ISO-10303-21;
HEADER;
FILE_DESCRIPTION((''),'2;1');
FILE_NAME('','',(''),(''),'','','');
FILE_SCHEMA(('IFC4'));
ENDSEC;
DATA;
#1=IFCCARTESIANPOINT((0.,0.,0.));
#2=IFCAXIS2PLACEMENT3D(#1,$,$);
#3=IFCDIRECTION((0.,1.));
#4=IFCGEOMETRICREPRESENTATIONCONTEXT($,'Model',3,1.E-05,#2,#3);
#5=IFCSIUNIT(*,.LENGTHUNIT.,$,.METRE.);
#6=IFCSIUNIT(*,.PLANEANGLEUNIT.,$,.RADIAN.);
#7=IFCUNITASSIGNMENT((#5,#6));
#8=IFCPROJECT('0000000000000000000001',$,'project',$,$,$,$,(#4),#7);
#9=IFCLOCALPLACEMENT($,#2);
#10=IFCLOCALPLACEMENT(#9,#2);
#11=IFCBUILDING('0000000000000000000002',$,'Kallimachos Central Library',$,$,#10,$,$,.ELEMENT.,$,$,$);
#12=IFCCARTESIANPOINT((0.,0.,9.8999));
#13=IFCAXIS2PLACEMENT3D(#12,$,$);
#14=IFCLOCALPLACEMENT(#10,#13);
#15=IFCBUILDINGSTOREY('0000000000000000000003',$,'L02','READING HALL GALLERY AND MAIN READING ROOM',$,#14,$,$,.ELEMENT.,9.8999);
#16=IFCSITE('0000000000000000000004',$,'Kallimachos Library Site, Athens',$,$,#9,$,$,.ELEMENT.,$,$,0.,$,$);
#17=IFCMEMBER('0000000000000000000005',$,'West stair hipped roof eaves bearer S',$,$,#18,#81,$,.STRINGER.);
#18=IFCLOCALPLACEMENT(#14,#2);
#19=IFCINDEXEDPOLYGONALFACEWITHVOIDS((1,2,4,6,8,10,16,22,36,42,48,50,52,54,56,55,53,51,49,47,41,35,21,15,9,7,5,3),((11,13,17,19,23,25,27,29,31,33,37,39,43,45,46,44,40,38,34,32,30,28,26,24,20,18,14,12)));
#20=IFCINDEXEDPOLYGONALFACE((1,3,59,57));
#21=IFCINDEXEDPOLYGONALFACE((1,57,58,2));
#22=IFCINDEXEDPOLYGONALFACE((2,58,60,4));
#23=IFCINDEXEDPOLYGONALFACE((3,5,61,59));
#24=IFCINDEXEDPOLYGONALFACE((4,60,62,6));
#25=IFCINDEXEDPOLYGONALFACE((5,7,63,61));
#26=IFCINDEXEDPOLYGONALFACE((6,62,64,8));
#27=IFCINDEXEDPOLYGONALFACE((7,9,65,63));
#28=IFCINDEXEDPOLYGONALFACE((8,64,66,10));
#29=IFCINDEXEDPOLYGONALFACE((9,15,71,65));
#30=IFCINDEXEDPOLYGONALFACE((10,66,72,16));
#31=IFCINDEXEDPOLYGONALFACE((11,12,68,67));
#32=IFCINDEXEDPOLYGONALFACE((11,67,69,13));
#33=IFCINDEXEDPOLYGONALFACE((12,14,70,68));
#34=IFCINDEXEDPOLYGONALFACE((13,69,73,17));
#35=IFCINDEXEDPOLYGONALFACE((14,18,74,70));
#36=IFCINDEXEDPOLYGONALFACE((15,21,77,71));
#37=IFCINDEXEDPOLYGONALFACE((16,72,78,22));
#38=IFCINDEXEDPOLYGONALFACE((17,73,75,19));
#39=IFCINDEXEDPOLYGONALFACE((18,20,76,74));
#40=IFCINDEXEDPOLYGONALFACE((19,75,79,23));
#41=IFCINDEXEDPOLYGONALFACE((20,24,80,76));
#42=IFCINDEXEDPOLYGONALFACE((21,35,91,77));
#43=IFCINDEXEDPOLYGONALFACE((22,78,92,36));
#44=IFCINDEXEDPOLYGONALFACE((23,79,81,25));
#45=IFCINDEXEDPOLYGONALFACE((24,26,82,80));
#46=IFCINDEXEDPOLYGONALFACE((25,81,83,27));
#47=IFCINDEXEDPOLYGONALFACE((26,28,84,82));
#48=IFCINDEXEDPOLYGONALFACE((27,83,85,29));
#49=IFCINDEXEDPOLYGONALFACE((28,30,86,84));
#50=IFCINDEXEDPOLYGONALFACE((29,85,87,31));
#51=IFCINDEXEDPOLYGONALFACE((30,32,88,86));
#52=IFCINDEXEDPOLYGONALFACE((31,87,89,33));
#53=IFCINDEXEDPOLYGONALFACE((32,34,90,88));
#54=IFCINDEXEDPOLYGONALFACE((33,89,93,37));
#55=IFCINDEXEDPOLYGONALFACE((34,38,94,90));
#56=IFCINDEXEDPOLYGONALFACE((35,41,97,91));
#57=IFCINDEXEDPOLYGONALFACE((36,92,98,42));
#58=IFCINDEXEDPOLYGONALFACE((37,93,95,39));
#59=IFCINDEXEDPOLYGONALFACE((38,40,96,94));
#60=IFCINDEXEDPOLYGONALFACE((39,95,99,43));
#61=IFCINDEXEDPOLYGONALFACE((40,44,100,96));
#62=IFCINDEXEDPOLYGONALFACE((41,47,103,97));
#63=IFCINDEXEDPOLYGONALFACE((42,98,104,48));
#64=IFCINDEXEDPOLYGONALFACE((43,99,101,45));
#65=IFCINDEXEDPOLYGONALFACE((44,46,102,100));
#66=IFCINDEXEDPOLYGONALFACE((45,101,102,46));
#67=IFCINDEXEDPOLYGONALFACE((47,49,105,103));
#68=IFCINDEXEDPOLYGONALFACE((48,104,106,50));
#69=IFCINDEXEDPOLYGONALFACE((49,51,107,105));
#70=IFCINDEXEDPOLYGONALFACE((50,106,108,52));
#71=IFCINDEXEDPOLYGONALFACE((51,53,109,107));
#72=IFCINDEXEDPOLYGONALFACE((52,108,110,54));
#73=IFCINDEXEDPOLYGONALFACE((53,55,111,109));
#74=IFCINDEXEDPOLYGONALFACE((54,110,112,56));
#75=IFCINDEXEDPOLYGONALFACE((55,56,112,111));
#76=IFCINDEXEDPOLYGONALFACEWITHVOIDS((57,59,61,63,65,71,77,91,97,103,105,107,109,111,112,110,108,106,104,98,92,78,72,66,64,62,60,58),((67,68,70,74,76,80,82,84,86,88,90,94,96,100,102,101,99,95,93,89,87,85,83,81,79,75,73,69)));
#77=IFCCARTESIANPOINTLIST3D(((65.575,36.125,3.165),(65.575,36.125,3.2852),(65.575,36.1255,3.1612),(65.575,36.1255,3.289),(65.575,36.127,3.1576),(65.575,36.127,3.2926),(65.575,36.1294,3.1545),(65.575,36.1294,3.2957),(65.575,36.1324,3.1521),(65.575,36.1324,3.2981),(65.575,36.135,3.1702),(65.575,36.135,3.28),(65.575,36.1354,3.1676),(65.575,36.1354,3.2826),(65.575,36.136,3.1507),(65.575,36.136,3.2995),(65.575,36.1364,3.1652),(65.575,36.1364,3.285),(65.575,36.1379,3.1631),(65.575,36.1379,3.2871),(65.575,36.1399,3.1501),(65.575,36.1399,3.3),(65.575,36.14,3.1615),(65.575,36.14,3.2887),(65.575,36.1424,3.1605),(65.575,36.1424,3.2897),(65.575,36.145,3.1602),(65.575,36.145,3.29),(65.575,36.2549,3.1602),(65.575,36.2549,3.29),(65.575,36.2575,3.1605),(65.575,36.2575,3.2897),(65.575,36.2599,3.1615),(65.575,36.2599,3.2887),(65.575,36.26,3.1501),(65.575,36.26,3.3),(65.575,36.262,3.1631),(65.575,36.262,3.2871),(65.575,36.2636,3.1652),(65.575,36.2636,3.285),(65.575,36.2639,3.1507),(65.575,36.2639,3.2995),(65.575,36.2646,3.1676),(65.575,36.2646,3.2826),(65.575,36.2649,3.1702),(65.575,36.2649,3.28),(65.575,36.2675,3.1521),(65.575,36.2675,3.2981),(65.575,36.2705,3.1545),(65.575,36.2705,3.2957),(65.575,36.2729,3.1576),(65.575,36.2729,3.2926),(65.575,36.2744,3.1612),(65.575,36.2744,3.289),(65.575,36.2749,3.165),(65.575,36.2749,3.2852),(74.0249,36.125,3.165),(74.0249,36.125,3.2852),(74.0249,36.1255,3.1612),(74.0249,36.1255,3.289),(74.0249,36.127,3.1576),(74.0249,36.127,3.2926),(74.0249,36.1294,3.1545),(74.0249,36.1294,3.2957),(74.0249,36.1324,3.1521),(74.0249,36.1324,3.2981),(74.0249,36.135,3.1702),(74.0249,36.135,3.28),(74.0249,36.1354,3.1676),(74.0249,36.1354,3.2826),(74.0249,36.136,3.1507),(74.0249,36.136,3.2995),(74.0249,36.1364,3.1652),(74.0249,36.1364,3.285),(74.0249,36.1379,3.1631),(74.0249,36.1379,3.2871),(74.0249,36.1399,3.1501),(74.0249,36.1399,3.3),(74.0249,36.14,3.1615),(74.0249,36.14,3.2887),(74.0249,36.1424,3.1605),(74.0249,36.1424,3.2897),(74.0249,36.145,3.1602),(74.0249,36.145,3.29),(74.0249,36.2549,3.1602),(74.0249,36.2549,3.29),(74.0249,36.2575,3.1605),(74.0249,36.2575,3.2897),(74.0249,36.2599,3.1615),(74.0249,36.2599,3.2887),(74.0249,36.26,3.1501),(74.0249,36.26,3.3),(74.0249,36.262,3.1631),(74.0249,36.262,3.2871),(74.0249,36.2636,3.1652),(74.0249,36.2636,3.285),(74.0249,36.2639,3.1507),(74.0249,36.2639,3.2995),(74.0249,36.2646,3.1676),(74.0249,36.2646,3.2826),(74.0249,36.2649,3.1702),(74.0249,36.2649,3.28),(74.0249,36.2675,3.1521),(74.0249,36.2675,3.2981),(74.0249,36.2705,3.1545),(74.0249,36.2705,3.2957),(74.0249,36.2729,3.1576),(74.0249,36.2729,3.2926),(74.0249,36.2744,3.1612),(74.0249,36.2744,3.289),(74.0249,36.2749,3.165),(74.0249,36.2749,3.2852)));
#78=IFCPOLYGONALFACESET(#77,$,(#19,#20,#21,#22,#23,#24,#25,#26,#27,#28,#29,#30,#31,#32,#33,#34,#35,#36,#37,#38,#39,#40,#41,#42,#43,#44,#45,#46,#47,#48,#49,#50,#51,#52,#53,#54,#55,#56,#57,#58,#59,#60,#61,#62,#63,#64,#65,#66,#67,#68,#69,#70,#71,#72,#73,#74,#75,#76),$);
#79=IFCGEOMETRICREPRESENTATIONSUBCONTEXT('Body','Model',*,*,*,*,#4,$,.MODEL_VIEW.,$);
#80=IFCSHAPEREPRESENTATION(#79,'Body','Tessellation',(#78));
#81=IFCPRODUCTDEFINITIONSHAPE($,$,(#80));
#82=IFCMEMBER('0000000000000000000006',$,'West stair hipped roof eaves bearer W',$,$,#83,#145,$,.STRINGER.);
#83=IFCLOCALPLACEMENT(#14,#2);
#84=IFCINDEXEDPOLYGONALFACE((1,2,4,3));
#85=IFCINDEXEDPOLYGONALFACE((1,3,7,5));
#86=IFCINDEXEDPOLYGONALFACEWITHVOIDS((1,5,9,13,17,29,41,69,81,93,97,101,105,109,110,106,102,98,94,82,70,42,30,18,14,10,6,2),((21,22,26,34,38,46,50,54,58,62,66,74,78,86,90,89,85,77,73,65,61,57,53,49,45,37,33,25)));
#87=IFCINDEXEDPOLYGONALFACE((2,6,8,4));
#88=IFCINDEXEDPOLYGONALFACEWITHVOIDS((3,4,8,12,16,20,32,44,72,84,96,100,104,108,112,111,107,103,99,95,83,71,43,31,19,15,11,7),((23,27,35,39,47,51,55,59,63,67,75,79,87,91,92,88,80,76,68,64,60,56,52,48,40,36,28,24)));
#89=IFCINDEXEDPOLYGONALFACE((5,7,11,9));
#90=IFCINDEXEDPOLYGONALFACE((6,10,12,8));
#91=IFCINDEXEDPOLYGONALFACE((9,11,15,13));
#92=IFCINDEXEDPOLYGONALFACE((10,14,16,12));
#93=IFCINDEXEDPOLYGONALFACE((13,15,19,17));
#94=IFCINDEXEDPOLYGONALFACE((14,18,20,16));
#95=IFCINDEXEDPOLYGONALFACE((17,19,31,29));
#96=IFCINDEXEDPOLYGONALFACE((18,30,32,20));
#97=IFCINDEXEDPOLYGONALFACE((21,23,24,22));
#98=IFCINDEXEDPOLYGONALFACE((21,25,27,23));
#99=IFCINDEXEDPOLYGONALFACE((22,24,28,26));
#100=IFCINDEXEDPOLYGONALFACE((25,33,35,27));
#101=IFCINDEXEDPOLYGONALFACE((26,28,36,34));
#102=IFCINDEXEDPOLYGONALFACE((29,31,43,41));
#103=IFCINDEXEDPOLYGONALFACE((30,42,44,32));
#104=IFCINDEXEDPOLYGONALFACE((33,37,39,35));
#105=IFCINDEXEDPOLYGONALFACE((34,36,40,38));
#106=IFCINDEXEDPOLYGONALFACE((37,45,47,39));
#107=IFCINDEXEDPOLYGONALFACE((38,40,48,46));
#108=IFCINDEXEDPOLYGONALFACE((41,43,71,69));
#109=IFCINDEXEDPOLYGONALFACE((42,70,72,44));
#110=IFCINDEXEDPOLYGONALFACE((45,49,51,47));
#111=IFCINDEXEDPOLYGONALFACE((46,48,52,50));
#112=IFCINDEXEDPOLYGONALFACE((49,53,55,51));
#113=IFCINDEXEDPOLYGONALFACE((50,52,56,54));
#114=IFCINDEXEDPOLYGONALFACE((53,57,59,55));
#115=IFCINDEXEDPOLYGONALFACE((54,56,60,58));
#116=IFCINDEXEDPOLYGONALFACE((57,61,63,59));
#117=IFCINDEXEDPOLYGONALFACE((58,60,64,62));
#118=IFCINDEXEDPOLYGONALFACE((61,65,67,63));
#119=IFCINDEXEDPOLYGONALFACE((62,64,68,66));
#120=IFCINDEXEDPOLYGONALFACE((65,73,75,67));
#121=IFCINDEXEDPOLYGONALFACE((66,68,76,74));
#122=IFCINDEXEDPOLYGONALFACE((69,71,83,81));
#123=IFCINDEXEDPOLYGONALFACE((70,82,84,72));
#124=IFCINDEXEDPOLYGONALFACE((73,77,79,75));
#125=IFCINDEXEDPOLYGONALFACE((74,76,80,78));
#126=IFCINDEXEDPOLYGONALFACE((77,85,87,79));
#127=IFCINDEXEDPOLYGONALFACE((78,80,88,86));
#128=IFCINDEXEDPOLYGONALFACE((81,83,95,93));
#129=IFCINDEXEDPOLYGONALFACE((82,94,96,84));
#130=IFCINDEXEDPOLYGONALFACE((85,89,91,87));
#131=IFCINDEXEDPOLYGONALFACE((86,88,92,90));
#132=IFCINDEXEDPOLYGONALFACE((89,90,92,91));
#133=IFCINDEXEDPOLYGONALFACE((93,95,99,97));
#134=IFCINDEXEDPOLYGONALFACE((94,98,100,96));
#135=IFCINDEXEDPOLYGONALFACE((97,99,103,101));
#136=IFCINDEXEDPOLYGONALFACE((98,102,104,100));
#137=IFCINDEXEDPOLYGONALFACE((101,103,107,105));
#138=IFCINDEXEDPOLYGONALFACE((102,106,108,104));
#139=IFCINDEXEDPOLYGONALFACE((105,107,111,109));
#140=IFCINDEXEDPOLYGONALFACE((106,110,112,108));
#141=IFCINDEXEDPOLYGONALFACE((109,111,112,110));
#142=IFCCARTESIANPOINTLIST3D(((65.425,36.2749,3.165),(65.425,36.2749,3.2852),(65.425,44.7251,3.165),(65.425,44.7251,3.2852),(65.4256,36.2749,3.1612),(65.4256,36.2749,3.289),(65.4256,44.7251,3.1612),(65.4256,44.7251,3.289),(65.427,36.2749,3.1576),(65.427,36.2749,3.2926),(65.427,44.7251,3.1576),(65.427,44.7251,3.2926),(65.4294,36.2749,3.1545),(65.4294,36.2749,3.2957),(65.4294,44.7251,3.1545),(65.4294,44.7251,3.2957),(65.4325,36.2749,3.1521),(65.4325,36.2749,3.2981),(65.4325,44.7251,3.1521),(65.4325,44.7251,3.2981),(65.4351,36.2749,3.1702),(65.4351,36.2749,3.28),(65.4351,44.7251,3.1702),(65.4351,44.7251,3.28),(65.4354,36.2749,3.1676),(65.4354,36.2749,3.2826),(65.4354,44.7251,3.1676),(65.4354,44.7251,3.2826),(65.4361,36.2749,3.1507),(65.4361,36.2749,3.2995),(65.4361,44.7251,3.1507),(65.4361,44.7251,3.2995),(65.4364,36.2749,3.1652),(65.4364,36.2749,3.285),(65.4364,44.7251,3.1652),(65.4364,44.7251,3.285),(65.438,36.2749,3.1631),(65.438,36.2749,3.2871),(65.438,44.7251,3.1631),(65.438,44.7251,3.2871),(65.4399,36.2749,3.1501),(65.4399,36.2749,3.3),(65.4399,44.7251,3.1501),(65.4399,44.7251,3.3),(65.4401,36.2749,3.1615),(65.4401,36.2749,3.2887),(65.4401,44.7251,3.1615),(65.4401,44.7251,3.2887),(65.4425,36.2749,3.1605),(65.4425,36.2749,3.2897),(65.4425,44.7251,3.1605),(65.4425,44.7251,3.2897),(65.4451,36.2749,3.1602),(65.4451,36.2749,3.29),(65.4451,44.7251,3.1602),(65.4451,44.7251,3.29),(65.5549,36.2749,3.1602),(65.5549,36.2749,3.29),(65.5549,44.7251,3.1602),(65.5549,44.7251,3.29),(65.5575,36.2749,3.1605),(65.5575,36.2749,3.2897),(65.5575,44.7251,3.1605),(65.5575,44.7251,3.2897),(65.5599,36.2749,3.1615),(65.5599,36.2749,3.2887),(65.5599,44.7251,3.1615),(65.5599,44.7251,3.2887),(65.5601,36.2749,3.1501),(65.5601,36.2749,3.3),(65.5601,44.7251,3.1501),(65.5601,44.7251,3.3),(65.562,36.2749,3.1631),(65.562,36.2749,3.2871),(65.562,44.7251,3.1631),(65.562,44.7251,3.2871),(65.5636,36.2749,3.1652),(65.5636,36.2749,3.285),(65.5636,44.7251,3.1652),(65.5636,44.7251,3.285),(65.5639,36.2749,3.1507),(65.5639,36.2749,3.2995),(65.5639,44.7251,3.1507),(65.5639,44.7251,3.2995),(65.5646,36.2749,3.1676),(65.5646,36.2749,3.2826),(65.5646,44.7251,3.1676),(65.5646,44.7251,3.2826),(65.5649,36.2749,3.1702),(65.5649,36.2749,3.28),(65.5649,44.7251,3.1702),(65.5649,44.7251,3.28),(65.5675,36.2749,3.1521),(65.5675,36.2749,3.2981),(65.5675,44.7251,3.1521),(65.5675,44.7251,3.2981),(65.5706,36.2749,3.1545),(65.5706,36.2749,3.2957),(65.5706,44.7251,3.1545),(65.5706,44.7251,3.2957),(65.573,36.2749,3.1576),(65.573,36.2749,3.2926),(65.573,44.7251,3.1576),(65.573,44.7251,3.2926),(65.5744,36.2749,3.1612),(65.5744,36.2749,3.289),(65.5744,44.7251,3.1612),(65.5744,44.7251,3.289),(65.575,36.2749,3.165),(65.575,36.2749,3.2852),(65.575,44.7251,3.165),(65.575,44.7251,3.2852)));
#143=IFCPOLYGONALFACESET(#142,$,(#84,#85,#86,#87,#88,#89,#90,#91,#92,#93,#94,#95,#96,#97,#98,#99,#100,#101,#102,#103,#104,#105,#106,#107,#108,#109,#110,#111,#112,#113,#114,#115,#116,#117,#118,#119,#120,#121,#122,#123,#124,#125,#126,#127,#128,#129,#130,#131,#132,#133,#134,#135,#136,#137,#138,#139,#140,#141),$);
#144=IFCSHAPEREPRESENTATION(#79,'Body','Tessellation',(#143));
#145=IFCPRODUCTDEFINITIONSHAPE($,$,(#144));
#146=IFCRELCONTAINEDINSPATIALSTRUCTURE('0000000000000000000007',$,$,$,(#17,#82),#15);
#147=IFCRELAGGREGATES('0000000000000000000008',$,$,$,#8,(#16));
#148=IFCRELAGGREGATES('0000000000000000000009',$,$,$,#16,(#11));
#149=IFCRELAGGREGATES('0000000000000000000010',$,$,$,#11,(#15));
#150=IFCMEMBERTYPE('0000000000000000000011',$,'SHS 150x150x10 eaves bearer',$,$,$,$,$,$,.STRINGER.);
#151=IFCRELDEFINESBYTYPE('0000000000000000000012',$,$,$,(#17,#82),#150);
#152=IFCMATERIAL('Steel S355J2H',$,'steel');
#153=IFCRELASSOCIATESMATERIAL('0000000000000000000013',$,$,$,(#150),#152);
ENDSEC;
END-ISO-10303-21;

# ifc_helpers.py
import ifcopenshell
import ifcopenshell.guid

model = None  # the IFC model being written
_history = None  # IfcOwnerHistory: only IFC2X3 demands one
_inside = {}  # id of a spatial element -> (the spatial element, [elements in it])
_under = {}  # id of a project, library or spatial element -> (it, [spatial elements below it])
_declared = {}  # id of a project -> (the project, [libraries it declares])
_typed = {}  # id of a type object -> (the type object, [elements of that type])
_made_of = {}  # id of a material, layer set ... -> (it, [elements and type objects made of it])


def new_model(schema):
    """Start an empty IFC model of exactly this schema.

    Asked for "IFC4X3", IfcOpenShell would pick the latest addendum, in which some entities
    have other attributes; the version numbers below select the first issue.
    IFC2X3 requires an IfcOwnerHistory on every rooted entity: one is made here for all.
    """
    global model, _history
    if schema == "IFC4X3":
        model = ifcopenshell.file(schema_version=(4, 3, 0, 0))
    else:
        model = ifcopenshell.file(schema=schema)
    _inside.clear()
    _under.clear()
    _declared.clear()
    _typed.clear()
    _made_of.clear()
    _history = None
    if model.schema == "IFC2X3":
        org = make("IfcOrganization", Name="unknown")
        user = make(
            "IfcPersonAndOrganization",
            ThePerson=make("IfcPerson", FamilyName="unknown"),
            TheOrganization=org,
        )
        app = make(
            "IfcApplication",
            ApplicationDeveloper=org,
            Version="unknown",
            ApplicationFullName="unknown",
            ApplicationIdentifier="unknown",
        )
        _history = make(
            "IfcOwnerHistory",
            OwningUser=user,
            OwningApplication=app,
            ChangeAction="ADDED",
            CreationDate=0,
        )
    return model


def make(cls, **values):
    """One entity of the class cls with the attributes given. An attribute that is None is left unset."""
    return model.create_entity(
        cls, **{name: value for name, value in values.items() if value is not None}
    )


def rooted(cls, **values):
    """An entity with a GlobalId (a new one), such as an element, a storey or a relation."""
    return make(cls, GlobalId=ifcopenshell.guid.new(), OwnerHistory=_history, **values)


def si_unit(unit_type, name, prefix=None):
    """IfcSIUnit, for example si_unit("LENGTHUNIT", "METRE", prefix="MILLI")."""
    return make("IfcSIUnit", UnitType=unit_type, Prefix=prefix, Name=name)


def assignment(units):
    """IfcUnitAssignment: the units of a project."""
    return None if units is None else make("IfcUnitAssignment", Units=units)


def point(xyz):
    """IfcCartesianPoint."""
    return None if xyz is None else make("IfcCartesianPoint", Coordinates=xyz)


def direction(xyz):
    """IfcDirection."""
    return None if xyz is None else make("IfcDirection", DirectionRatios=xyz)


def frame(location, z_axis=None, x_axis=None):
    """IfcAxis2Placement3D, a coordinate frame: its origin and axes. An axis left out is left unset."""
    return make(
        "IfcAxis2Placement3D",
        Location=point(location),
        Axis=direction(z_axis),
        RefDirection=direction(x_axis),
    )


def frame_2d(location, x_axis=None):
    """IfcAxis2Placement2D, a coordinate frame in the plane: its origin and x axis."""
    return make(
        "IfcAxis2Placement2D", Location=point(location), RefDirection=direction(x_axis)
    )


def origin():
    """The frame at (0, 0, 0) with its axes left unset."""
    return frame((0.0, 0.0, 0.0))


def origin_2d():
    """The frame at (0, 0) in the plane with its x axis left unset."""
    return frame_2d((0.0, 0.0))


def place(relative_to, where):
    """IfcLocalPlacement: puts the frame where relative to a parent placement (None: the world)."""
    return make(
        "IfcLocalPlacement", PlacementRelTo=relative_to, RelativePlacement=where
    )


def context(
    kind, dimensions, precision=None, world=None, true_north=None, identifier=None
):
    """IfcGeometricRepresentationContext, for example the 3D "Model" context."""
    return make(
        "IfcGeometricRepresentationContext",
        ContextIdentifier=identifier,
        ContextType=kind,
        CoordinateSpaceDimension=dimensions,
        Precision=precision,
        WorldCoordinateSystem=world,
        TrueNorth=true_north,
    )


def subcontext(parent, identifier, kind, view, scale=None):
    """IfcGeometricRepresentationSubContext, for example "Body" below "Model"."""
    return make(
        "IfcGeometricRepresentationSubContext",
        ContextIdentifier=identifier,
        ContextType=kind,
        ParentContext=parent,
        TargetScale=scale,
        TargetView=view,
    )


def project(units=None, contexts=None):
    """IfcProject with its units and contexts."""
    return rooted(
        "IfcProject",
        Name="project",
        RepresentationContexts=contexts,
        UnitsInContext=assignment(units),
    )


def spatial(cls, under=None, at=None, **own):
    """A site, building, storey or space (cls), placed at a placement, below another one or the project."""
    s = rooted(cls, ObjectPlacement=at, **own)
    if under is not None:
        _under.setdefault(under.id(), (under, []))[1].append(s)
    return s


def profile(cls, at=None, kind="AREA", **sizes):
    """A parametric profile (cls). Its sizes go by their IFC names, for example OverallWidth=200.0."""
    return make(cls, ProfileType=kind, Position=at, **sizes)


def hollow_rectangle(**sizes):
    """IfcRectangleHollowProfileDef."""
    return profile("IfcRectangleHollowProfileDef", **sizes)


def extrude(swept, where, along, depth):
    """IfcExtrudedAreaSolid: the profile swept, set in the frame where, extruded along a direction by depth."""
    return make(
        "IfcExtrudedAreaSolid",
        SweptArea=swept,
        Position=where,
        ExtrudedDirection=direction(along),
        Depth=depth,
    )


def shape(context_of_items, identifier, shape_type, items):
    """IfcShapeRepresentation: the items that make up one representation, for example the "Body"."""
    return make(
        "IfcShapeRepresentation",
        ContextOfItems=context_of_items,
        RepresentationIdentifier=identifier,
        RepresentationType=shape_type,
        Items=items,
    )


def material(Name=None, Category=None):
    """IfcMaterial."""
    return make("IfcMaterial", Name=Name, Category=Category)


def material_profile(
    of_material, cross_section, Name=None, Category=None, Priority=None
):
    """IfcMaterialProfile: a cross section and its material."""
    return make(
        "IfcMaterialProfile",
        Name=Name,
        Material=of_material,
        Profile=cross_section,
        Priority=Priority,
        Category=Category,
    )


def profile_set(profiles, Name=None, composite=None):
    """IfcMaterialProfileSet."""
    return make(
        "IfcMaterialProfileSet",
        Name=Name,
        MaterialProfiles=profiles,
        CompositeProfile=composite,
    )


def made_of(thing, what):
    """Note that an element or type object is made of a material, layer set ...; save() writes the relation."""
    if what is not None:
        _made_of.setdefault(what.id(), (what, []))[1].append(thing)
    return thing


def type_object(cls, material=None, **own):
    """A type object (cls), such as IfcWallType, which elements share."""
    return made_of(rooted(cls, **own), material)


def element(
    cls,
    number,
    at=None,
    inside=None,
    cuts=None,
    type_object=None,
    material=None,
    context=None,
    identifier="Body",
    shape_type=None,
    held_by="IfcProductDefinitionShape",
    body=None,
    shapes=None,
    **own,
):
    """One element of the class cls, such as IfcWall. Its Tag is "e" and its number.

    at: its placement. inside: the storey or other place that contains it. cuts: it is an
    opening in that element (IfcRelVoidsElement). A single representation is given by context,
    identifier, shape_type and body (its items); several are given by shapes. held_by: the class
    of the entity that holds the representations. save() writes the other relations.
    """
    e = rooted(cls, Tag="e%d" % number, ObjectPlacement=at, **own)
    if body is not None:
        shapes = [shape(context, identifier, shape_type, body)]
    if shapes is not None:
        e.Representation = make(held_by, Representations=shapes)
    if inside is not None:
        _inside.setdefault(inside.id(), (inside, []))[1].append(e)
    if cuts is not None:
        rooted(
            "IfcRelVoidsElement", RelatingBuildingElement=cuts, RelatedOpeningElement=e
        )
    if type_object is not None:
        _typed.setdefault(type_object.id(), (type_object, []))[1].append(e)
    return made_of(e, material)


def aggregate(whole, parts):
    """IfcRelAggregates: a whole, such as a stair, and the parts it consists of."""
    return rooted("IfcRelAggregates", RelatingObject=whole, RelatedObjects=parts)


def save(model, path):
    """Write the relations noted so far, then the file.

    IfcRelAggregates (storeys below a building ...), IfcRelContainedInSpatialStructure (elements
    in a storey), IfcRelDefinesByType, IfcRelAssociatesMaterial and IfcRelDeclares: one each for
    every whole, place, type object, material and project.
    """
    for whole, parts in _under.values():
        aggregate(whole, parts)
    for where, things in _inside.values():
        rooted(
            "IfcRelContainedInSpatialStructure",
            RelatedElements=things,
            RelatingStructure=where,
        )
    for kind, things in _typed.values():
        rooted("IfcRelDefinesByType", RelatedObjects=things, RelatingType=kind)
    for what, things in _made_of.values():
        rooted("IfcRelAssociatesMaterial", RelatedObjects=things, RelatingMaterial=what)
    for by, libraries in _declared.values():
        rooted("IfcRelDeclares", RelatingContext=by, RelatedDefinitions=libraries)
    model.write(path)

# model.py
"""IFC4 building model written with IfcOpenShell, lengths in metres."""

from ifc_helpers import new_model, si_unit, direction, frame, origin, origin_2d, place, context, subcontext, project, spatial, hollow_rectangle, extrude, material, material_profile, profile_set, type_object, element, save


model = new_model("IFC4")

# Units and contexts
model_context = context("Model", 3, precision=1e-05, world=origin(), true_north=direction((0.0, 1.0)))
body_context = subcontext(model_context, "Body", "Model", "MODEL_VIEW")
ifc_project = project(units=[si_unit("LENGTHUNIT", "METRE"), si_unit("PLANEANGLEUNIT", "RADIAN")], contexts=[model_context])

# Site, building, storey
site_placement = place(None, origin())
site = spatial("IfcSite", under=ifc_project, at=site_placement, Name="Kallimachos Library Site, Athens", CompositionType="ELEMENT", RefElevation=0.0)
building_placement = place(site_placement, origin())
building = spatial("IfcBuilding", under=site, at=building_placement, Name="Kallimachos Central Library", CompositionType="ELEMENT")
storey_placement = place(building_placement, frame((0.0, 0.0, 9.8999)))
storey = spatial("IfcBuildingStorey", under=building, at=storey_placement, Name="L02", Description="READING HALL GALLERY AND MAIN READING ROOM", CompositionType="ELEMENT", Elevation=9.8999)

# Members
ifc_material_1 = material(Name="Steel S355J2H", Category="steel")
ifc_material_profile_1 = material_profile(ifc_material_1, hollow_rectangle(XDim=0.1499, YDim=0.1499, WallThickness=0.01, InnerFilletRadius=0.01, OuterFilletRadius=0.0149, at=origin_2d()), Name="SHS 150x150x10")
ifc_profile_set_1 = profile_set([ifc_material_profile_1], Name="Steel S355J2H")
member_type_1 = type_object("IfcMemberType", Name="SHS 150x150x10 eaves bearer", PredefinedType="STRINGER", material=ifc_profile_set_1)
member_1_placement = place(storey_placement, frame((65.575, 36.2, 3.2251), z_axis=(1.0, 0.0, 0.0), x_axis=(0.0, 1.0, 0.0)))
element("IfcMember", 1, at=member_1_placement, inside=storey, type_object=member_type_1, Name="West stair hipped roof eaves bearer S", PredefinedType="STRINGER", context=body_context, shape_type="SweptSolid", body=[
    extrude(hollow_rectangle(XDim=0.1499, YDim=0.1499, WallThickness=0.01, InnerFilletRadius=0.01, OuterFilletRadius=0.0149, at=origin_2d()), origin(), (0.0, 0.0, 1.0), 8.45),
])
member_2_placement = place(storey_placement, frame((65.5, 36.2749, 3.2251), z_axis=(0.0, 1.0, 0.0), x_axis=(-1.0, 0.0, 0.0)))
element("IfcMember", 2, at=member_2_placement, inside=storey, type_object=member_type_1, Name="West stair hipped roof eaves bearer W", PredefinedType="STRINGER", context=body_context, shape_type="SweptSolid", body=[
    extrude(hollow_rectangle(XDim=0.1499, YDim=0.1499, WallThickness=0.01, InnerFilletRadius=0.01, OuterFilletRadius=0.0149, at=origin_2d()), origin(), (0.0, 0.0, 1.0), 8.4502),
])

save(model, "model.ifc")
